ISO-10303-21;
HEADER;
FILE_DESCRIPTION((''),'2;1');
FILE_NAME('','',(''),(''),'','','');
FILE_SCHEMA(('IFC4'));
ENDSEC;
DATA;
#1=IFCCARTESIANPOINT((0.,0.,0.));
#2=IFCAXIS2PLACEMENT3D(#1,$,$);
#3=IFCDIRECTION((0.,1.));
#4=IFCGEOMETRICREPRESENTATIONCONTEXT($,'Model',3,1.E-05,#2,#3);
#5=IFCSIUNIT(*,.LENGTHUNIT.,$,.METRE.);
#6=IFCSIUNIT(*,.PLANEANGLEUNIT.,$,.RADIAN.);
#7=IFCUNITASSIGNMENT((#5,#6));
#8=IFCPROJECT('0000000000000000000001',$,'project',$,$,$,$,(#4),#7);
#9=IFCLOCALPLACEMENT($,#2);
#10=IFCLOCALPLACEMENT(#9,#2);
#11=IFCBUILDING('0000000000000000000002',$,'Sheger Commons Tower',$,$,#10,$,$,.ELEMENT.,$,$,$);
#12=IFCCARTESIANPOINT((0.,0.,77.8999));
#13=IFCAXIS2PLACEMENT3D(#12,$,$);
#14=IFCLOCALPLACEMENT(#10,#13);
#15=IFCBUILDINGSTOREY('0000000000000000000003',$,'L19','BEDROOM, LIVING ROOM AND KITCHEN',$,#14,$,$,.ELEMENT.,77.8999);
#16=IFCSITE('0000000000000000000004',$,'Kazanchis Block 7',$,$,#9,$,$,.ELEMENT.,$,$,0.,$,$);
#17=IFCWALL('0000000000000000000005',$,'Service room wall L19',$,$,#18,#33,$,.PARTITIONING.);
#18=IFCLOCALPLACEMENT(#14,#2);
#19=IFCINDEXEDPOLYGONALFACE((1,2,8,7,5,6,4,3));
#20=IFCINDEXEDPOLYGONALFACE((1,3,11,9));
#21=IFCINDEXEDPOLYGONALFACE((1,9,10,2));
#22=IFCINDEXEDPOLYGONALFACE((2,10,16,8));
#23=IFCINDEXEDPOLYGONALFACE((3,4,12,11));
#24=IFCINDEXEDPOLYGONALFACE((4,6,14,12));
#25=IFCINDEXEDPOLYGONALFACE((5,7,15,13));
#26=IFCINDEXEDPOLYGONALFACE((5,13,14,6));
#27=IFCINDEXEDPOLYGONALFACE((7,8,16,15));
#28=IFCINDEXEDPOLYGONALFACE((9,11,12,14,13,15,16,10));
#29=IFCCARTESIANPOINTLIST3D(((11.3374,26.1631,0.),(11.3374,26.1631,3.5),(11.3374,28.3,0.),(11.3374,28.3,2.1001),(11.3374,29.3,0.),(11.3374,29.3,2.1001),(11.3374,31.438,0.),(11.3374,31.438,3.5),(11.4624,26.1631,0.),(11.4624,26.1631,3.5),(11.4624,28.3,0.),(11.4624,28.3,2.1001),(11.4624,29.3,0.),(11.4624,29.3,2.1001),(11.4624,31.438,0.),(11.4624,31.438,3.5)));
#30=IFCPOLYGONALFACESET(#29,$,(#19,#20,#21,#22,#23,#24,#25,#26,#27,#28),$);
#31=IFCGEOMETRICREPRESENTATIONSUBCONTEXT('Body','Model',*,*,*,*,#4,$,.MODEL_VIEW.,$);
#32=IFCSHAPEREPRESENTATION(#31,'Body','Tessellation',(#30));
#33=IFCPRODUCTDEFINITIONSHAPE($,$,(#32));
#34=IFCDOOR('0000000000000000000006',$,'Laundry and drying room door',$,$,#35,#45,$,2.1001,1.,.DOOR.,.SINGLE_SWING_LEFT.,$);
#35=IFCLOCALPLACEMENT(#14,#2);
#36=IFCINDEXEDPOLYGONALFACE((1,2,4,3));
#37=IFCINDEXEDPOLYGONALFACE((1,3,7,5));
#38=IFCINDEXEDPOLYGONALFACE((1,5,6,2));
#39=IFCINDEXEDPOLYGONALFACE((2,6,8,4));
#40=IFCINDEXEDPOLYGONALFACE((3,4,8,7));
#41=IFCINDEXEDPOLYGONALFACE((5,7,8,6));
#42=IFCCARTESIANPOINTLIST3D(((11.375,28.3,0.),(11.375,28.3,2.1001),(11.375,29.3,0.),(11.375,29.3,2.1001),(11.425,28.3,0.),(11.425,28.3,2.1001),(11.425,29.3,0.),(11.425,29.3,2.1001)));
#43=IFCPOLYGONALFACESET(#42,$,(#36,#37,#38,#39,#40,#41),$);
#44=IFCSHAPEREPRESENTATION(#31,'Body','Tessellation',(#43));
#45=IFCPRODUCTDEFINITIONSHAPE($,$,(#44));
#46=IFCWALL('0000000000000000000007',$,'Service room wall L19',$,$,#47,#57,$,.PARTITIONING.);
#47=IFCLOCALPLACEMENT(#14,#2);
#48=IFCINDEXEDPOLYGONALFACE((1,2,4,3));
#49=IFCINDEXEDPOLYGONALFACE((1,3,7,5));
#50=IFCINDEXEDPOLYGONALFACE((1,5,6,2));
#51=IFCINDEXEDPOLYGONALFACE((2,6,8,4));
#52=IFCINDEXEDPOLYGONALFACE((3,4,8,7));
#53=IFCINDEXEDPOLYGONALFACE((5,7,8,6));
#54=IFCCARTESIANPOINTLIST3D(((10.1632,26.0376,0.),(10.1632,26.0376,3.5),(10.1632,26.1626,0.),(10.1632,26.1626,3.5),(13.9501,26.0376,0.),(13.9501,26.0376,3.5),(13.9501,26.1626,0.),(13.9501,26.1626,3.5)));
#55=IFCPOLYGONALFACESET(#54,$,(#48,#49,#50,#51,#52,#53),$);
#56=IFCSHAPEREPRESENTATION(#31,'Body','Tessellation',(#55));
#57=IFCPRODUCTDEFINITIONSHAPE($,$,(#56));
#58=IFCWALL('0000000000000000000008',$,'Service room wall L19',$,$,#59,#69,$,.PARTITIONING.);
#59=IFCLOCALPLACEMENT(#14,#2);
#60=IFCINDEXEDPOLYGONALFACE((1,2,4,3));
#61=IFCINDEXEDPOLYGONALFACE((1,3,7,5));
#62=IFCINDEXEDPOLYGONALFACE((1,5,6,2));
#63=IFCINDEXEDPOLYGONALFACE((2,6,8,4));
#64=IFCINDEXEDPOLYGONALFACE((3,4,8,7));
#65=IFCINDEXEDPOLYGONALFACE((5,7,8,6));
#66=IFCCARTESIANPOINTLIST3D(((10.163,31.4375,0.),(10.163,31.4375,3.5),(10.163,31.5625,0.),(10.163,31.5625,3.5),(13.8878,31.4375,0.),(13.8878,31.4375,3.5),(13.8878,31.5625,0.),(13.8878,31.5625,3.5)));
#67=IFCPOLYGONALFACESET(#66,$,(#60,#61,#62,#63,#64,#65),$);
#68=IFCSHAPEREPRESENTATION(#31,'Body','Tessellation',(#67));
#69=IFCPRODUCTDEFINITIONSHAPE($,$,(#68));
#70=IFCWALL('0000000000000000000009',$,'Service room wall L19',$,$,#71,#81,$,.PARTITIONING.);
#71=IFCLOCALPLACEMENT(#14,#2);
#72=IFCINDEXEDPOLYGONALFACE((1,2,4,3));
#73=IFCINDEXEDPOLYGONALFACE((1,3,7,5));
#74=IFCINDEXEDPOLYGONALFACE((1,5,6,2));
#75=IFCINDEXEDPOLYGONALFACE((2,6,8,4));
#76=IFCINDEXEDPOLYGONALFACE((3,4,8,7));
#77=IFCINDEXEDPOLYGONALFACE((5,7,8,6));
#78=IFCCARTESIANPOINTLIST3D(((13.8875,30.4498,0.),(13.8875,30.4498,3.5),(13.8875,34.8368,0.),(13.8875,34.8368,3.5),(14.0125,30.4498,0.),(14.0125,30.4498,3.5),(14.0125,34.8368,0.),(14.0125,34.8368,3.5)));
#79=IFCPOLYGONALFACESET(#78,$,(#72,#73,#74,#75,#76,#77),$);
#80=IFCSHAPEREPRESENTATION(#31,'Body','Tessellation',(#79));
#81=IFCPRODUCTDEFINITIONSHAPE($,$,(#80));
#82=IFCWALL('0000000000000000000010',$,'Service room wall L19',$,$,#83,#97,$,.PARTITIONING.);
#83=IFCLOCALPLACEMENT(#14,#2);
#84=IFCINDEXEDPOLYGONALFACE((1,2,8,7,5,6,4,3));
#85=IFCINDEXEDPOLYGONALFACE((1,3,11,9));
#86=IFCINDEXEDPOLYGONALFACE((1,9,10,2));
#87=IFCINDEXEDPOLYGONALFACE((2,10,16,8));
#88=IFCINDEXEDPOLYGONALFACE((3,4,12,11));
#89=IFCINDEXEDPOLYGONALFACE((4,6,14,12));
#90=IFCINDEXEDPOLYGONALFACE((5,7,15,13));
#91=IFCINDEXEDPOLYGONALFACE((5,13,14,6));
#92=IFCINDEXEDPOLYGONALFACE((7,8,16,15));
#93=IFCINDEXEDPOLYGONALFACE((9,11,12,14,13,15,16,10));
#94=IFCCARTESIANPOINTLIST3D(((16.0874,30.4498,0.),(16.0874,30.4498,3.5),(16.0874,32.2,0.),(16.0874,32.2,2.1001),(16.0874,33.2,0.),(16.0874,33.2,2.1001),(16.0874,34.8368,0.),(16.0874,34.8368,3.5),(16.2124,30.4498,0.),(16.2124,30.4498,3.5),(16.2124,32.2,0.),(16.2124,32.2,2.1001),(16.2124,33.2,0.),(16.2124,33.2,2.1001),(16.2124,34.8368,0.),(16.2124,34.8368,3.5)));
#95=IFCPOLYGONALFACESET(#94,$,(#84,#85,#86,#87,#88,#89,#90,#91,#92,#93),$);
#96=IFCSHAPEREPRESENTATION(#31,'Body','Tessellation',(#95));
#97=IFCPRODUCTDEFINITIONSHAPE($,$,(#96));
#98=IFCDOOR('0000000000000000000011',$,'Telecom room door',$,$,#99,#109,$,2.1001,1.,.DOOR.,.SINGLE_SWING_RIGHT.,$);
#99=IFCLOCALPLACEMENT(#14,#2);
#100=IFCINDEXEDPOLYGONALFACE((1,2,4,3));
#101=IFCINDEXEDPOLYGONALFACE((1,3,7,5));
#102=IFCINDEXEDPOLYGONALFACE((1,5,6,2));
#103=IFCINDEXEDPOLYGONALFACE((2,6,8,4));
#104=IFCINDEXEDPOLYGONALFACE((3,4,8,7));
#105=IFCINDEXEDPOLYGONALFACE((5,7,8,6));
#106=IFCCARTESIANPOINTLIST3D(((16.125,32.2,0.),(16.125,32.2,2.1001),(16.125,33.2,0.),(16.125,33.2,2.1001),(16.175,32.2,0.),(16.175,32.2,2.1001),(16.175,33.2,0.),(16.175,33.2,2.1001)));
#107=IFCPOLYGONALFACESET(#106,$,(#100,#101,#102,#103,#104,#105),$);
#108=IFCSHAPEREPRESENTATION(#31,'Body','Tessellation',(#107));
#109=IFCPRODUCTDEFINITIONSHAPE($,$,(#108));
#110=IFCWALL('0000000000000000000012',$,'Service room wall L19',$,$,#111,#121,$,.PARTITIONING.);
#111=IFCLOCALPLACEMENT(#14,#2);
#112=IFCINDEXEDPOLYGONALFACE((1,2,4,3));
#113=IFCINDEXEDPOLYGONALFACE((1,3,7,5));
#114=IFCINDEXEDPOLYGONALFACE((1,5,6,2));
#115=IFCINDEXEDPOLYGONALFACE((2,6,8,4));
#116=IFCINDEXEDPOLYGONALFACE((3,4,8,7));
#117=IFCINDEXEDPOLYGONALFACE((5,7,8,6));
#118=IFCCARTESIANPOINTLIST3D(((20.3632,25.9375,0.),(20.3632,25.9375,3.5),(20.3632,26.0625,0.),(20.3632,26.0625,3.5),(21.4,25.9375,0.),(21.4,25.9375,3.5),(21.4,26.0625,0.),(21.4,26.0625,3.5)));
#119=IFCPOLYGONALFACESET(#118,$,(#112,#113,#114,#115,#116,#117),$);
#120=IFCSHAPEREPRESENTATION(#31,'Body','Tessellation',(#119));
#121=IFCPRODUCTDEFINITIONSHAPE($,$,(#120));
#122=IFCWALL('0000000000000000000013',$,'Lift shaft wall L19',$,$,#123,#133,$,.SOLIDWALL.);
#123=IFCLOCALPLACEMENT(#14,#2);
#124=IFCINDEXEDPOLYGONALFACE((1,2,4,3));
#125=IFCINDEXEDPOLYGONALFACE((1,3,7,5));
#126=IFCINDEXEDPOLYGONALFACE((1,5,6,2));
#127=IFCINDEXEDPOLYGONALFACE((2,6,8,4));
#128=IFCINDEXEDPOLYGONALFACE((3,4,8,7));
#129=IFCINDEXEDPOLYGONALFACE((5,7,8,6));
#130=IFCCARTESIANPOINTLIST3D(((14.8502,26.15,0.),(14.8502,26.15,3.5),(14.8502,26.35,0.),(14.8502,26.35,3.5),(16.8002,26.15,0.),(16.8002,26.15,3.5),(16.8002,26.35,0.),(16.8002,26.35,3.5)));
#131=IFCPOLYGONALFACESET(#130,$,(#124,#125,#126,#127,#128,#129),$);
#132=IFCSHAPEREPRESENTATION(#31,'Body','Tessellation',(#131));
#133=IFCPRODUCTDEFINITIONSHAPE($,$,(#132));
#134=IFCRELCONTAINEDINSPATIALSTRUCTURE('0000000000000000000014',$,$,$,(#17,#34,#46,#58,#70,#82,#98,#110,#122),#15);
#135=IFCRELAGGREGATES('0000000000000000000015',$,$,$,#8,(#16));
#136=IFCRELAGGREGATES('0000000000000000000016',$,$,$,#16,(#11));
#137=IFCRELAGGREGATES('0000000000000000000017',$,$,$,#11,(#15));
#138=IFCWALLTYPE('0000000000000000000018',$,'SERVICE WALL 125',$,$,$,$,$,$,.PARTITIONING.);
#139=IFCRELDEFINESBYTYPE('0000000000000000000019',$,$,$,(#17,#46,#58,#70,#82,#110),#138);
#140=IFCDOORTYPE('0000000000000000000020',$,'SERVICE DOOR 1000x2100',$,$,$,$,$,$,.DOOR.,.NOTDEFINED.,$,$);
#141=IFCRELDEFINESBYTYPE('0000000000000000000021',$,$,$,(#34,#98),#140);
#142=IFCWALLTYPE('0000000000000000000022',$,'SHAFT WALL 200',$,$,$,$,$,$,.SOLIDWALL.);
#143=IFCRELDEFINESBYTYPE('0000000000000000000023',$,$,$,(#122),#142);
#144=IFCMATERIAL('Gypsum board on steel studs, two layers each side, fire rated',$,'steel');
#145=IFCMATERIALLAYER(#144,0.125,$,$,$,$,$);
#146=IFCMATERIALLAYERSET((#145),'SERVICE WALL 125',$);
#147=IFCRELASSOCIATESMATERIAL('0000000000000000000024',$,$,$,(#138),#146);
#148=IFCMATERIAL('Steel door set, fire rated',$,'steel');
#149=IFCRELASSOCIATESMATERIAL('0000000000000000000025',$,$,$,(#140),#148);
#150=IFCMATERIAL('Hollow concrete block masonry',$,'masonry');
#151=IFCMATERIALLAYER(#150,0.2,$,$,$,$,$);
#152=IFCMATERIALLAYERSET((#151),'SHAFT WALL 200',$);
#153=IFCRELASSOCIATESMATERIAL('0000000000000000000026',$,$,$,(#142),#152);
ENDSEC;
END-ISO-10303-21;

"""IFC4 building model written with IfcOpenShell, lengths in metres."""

from ifc_helpers import new_model, si_unit, direction, frame, frame_2d, origin, place, context, subcontext, project, spatial, rectangle, extrude, material, layer, layer_set, type_object, element, fill, save


model = new_model("IFC4")

# Units and contexts
model_context = context("Model", 3, precision=1e-05, world=origin(), true_north=direction((0.0, 1.0)))
body_context = subcontext(model_context, "Body", "Model", "MODEL_VIEW")
ifc_project = project(units=[si_unit("LENGTHUNIT", "METRE"), si_unit("PLANEANGLEUNIT", "RADIAN")], contexts=[model_context])

# Site, building, storey
site_placement = place(None, origin())
site = spatial("IfcSite", under=ifc_project, at=site_placement, Name="Kazanchis Block 7", CompositionType="ELEMENT", RefElevation=0.0)
building_placement = place(site_placement, origin())
building = spatial("IfcBuilding", under=site, at=building_placement, Name="Sheger Commons Tower", CompositionType="ELEMENT")
storey_placement = place(building_placement, frame((0.0, 0.0, 77.8999)))
storey = spatial("IfcBuildingStorey", under=building, at=storey_placement, Name="L19", Description="BEDROOM, LIVING ROOM AND KITCHEN", CompositionType="ELEMENT", Elevation=77.8999)

# Wall, opening, door
ifc_material_1 = material(Name="Gypsum board on steel studs, two layers each side, fire rated", Category="steel")
ifc_layer_1 = layer(ifc_material_1, 0.125)
ifc_layer_set_1 = layer_set([ifc_layer_1], Name="SERVICE WALL 125")
wall_type_1 = type_object("IfcWallType", Name="SERVICE WALL 125", PredefinedType="PARTITIONING", material=ifc_layer_set_1)
ifc_material_2 = material(Name="Steel door set, fire rated", Category="steel")
door_type_1 = type_object("IfcDoorType", Name="SERVICE DOOR 1000x2100", OperationType="NOTDEFINED", PredefinedType="DOOR", material=ifc_material_2)
wall_1_placement = place(storey_placement, frame((11.3999, 26.1631, 0.0), z_axis=(0.0, 0.0, 1.0), x_axis=(0.0, 1.0, 0.0)))
wall_1 = element("IfcWall", 1, at=wall_1_placement, inside=storey, type_object=wall_type_1, Name="Service room wall L19", PredefinedType="PARTITIONING", context=body_context, shape_type="SweptSolid", body=[
    extrude(rectangle(XDim=5.2749, YDim=0.125, at=frame_2d((2.6375, 0.0))), origin(), (0.0, 0.0, 1.0), 3.5),
])
opening_1_placement = place(wall_1_placement, frame((2.137, 0.0, 0.0)))
opening_1 = element("IfcOpeningElement", 2, at=opening_1_placement, cuts=wall_1, PredefinedType="OPENING", context=body_context, shape_type="SweptSolid", body=[
    extrude(rectangle(XDim=1.0, YDim=2.1001, at=frame_2d((0.5, 1.05))), frame((0.0, 0.0725, 0.0), z_axis=(0.0, -1.0, 0.0), x_axis=(1.0, 0.0, 0.0)), (0.0, 0.0, 1.0), 0.145),
])
door_1_placement = place(opening_1_placement, origin())
door_1 = element("IfcDoor", 3, at=door_1_placement, inside=storey, type_object=door_type_1, Name="Laundry and drying room door", OperationType="SINGLE_SWING_LEFT", OverallHeight=2.1001, OverallWidth=1.0, PredefinedType="DOOR", context=body_context, shape_type="SweptSolid", body=[
    extrude(rectangle(XDim=1.0, YDim=2.1001, at=frame_2d((0.5, 1.05))), frame((0.0, 0.0249, 0.0), z_axis=(0.0, -1.0, 0.0), x_axis=(1.0, 0.0, 0.0)), (0.0, 0.0, 1.0), 0.05),
])
fill(opening_1, door_1)

# Walls
wall_2_placement = place(storey_placement, frame((10.1631, 26.1001, 0.0), z_axis=(0.0, 0.0, 1.0), x_axis=(1.0, 0.0, 0.0)))
element("IfcWall", 4, at=wall_2_placement, inside=storey, type_object=wall_type_1, Name="Service room wall L19", PredefinedType="PARTITIONING", context=body_context, shape_type="SweptSolid", body=[
    extrude(rectangle(XDim=3.7869, YDim=0.125, at=frame_2d((1.8936, 0.0))), origin(), (0.0, 0.0, 1.0), 3.5),
])
wall_3_placement = place(storey_placement, frame((10.1631, 31.5, 0.0), z_axis=(0.0, 0.0, 1.0), x_axis=(1.0, 0.0, 0.0)))
element("IfcWall", 5, at=wall_3_placement, inside=storey, type_object=wall_type_1, Name="Service room wall L19", PredefinedType="PARTITIONING", context=body_context, shape_type="SweptSolid", body=[
    extrude(rectangle(XDim=3.7249, YDim=0.125, at=frame_2d((1.8623, 0.0))), origin(), (0.0, 0.0, 1.0), 3.5),
])
wall_4_placement = place(storey_placement, frame((13.95, 30.45, 0.0), z_axis=(0.0, 0.0, 1.0), x_axis=(0.0, 1.0, 0.0)))
element("IfcWall", 6, at=wall_4_placement, inside=storey, type_object=wall_type_1, Name="Service room wall L19", PredefinedType="PARTITIONING", context=body_context, shape_type="SweptSolid", body=[
    extrude(rectangle(XDim=4.387, YDim=0.125, at=frame_2d((2.1934, 0.0))), origin(), (0.0, 0.0, 1.0), 3.5),
])

# Wall, opening, door
wall_5_placement = place(storey_placement, frame((16.1499, 30.45, 0.0), z_axis=(0.0, 0.0, 1.0), x_axis=(0.0, 1.0, 0.0)))
wall_5 = element("IfcWall", 7, at=wall_5_placement, inside=storey, type_object=wall_type_1, Name="Service room wall L19", PredefinedType="PARTITIONING", context=body_context, shape_type="SweptSolid", body=[
    extrude(rectangle(XDim=4.387, YDim=0.125, at=frame_2d((2.1934, 0.0))), origin(), (0.0, 0.0, 1.0), 3.5),
])
opening_2_placement = place(wall_5_placement, frame((1.75, 0.0, 0.0)))
opening_2 = element("IfcOpeningElement", 8, at=opening_2_placement, cuts=wall_5, PredefinedType="OPENING", context=body_context, shape_type="SweptSolid", body=[
    extrude(rectangle(XDim=1.0, YDim=2.1001, at=frame_2d((0.5, 1.05))), frame((0.0, 0.0725, 0.0), z_axis=(0.0, -1.0, 0.0), x_axis=(1.0, 0.0, 0.0)), (0.0, 0.0, 1.0), 0.145),
])
door_2_placement = place(opening_2_placement, origin())
door_2 = element("IfcDoor", 9, at=door_2_placement, inside=storey, type_object=door_type_1, Name="Telecom room door", OperationType="SINGLE_SWING_RIGHT", OverallHeight=2.1001, OverallWidth=1.0, PredefinedType="DOOR", context=body_context, shape_type="SweptSolid", body=[
    extrude(rectangle(XDim=1.0, YDim=2.1001, at=frame_2d((0.5, 1.05))), frame((0.0, 0.0249, 0.0), z_axis=(0.0, -1.0, 0.0), x_axis=(1.0, 0.0, 0.0)), (0.0, 0.0, 1.0), 0.05),
])
fill(opening_2, door_2)

# Walls
wall_6_placement = place(storey_placement, frame((20.363, 26.0, 0.0), z_axis=(0.0, 0.0, 1.0), x_axis=(1.0, 0.0, 0.0)))
element("IfcWall", 10, at=wall_6_placement, inside=storey, type_object=wall_type_1, Name="Service room wall L19", PredefinedType="PARTITIONING", context=body_context, shape_type="SweptSolid", body=[
    extrude(rectangle(XDim=1.0369, YDim=0.125, at=frame_2d((0.5186, 0.0))), origin(), (0.0, 0.0, 1.0), 3.5),
])
ifc_material_3 = material(Name="Hollow concrete block masonry", Category="masonry")
ifc_layer_2 = layer(ifc_material_3, 0.2)
ifc_layer_set_2 = layer_set([ifc_layer_2], Name="SHAFT WALL 200")
wall_type_2 = type_object("IfcWallType", Name="SHAFT WALL 200", PredefinedType="SOLIDWALL", material=ifc_layer_set_2)
wall_7_placement = place(storey_placement, frame((14.8501, 26.25, 0.0), z_axis=(0.0, 0.0, 1.0), x_axis=(1.0, 0.0, 0.0)))
element("IfcWall", 11, at=wall_7_placement, inside=storey, type_object=wall_type_2, Name="Lift shaft wall L19", PredefinedType="SOLIDWALL", context=body_context, shape_type="SweptSolid", body=[
    extrude(rectangle(XDim=1.95, YDim=0.2, at=frame_2d((0.9751, 0.0))), origin(), (0.0, 0.0, 1.0), 3.5),
])

save(model, "model.ifc")
